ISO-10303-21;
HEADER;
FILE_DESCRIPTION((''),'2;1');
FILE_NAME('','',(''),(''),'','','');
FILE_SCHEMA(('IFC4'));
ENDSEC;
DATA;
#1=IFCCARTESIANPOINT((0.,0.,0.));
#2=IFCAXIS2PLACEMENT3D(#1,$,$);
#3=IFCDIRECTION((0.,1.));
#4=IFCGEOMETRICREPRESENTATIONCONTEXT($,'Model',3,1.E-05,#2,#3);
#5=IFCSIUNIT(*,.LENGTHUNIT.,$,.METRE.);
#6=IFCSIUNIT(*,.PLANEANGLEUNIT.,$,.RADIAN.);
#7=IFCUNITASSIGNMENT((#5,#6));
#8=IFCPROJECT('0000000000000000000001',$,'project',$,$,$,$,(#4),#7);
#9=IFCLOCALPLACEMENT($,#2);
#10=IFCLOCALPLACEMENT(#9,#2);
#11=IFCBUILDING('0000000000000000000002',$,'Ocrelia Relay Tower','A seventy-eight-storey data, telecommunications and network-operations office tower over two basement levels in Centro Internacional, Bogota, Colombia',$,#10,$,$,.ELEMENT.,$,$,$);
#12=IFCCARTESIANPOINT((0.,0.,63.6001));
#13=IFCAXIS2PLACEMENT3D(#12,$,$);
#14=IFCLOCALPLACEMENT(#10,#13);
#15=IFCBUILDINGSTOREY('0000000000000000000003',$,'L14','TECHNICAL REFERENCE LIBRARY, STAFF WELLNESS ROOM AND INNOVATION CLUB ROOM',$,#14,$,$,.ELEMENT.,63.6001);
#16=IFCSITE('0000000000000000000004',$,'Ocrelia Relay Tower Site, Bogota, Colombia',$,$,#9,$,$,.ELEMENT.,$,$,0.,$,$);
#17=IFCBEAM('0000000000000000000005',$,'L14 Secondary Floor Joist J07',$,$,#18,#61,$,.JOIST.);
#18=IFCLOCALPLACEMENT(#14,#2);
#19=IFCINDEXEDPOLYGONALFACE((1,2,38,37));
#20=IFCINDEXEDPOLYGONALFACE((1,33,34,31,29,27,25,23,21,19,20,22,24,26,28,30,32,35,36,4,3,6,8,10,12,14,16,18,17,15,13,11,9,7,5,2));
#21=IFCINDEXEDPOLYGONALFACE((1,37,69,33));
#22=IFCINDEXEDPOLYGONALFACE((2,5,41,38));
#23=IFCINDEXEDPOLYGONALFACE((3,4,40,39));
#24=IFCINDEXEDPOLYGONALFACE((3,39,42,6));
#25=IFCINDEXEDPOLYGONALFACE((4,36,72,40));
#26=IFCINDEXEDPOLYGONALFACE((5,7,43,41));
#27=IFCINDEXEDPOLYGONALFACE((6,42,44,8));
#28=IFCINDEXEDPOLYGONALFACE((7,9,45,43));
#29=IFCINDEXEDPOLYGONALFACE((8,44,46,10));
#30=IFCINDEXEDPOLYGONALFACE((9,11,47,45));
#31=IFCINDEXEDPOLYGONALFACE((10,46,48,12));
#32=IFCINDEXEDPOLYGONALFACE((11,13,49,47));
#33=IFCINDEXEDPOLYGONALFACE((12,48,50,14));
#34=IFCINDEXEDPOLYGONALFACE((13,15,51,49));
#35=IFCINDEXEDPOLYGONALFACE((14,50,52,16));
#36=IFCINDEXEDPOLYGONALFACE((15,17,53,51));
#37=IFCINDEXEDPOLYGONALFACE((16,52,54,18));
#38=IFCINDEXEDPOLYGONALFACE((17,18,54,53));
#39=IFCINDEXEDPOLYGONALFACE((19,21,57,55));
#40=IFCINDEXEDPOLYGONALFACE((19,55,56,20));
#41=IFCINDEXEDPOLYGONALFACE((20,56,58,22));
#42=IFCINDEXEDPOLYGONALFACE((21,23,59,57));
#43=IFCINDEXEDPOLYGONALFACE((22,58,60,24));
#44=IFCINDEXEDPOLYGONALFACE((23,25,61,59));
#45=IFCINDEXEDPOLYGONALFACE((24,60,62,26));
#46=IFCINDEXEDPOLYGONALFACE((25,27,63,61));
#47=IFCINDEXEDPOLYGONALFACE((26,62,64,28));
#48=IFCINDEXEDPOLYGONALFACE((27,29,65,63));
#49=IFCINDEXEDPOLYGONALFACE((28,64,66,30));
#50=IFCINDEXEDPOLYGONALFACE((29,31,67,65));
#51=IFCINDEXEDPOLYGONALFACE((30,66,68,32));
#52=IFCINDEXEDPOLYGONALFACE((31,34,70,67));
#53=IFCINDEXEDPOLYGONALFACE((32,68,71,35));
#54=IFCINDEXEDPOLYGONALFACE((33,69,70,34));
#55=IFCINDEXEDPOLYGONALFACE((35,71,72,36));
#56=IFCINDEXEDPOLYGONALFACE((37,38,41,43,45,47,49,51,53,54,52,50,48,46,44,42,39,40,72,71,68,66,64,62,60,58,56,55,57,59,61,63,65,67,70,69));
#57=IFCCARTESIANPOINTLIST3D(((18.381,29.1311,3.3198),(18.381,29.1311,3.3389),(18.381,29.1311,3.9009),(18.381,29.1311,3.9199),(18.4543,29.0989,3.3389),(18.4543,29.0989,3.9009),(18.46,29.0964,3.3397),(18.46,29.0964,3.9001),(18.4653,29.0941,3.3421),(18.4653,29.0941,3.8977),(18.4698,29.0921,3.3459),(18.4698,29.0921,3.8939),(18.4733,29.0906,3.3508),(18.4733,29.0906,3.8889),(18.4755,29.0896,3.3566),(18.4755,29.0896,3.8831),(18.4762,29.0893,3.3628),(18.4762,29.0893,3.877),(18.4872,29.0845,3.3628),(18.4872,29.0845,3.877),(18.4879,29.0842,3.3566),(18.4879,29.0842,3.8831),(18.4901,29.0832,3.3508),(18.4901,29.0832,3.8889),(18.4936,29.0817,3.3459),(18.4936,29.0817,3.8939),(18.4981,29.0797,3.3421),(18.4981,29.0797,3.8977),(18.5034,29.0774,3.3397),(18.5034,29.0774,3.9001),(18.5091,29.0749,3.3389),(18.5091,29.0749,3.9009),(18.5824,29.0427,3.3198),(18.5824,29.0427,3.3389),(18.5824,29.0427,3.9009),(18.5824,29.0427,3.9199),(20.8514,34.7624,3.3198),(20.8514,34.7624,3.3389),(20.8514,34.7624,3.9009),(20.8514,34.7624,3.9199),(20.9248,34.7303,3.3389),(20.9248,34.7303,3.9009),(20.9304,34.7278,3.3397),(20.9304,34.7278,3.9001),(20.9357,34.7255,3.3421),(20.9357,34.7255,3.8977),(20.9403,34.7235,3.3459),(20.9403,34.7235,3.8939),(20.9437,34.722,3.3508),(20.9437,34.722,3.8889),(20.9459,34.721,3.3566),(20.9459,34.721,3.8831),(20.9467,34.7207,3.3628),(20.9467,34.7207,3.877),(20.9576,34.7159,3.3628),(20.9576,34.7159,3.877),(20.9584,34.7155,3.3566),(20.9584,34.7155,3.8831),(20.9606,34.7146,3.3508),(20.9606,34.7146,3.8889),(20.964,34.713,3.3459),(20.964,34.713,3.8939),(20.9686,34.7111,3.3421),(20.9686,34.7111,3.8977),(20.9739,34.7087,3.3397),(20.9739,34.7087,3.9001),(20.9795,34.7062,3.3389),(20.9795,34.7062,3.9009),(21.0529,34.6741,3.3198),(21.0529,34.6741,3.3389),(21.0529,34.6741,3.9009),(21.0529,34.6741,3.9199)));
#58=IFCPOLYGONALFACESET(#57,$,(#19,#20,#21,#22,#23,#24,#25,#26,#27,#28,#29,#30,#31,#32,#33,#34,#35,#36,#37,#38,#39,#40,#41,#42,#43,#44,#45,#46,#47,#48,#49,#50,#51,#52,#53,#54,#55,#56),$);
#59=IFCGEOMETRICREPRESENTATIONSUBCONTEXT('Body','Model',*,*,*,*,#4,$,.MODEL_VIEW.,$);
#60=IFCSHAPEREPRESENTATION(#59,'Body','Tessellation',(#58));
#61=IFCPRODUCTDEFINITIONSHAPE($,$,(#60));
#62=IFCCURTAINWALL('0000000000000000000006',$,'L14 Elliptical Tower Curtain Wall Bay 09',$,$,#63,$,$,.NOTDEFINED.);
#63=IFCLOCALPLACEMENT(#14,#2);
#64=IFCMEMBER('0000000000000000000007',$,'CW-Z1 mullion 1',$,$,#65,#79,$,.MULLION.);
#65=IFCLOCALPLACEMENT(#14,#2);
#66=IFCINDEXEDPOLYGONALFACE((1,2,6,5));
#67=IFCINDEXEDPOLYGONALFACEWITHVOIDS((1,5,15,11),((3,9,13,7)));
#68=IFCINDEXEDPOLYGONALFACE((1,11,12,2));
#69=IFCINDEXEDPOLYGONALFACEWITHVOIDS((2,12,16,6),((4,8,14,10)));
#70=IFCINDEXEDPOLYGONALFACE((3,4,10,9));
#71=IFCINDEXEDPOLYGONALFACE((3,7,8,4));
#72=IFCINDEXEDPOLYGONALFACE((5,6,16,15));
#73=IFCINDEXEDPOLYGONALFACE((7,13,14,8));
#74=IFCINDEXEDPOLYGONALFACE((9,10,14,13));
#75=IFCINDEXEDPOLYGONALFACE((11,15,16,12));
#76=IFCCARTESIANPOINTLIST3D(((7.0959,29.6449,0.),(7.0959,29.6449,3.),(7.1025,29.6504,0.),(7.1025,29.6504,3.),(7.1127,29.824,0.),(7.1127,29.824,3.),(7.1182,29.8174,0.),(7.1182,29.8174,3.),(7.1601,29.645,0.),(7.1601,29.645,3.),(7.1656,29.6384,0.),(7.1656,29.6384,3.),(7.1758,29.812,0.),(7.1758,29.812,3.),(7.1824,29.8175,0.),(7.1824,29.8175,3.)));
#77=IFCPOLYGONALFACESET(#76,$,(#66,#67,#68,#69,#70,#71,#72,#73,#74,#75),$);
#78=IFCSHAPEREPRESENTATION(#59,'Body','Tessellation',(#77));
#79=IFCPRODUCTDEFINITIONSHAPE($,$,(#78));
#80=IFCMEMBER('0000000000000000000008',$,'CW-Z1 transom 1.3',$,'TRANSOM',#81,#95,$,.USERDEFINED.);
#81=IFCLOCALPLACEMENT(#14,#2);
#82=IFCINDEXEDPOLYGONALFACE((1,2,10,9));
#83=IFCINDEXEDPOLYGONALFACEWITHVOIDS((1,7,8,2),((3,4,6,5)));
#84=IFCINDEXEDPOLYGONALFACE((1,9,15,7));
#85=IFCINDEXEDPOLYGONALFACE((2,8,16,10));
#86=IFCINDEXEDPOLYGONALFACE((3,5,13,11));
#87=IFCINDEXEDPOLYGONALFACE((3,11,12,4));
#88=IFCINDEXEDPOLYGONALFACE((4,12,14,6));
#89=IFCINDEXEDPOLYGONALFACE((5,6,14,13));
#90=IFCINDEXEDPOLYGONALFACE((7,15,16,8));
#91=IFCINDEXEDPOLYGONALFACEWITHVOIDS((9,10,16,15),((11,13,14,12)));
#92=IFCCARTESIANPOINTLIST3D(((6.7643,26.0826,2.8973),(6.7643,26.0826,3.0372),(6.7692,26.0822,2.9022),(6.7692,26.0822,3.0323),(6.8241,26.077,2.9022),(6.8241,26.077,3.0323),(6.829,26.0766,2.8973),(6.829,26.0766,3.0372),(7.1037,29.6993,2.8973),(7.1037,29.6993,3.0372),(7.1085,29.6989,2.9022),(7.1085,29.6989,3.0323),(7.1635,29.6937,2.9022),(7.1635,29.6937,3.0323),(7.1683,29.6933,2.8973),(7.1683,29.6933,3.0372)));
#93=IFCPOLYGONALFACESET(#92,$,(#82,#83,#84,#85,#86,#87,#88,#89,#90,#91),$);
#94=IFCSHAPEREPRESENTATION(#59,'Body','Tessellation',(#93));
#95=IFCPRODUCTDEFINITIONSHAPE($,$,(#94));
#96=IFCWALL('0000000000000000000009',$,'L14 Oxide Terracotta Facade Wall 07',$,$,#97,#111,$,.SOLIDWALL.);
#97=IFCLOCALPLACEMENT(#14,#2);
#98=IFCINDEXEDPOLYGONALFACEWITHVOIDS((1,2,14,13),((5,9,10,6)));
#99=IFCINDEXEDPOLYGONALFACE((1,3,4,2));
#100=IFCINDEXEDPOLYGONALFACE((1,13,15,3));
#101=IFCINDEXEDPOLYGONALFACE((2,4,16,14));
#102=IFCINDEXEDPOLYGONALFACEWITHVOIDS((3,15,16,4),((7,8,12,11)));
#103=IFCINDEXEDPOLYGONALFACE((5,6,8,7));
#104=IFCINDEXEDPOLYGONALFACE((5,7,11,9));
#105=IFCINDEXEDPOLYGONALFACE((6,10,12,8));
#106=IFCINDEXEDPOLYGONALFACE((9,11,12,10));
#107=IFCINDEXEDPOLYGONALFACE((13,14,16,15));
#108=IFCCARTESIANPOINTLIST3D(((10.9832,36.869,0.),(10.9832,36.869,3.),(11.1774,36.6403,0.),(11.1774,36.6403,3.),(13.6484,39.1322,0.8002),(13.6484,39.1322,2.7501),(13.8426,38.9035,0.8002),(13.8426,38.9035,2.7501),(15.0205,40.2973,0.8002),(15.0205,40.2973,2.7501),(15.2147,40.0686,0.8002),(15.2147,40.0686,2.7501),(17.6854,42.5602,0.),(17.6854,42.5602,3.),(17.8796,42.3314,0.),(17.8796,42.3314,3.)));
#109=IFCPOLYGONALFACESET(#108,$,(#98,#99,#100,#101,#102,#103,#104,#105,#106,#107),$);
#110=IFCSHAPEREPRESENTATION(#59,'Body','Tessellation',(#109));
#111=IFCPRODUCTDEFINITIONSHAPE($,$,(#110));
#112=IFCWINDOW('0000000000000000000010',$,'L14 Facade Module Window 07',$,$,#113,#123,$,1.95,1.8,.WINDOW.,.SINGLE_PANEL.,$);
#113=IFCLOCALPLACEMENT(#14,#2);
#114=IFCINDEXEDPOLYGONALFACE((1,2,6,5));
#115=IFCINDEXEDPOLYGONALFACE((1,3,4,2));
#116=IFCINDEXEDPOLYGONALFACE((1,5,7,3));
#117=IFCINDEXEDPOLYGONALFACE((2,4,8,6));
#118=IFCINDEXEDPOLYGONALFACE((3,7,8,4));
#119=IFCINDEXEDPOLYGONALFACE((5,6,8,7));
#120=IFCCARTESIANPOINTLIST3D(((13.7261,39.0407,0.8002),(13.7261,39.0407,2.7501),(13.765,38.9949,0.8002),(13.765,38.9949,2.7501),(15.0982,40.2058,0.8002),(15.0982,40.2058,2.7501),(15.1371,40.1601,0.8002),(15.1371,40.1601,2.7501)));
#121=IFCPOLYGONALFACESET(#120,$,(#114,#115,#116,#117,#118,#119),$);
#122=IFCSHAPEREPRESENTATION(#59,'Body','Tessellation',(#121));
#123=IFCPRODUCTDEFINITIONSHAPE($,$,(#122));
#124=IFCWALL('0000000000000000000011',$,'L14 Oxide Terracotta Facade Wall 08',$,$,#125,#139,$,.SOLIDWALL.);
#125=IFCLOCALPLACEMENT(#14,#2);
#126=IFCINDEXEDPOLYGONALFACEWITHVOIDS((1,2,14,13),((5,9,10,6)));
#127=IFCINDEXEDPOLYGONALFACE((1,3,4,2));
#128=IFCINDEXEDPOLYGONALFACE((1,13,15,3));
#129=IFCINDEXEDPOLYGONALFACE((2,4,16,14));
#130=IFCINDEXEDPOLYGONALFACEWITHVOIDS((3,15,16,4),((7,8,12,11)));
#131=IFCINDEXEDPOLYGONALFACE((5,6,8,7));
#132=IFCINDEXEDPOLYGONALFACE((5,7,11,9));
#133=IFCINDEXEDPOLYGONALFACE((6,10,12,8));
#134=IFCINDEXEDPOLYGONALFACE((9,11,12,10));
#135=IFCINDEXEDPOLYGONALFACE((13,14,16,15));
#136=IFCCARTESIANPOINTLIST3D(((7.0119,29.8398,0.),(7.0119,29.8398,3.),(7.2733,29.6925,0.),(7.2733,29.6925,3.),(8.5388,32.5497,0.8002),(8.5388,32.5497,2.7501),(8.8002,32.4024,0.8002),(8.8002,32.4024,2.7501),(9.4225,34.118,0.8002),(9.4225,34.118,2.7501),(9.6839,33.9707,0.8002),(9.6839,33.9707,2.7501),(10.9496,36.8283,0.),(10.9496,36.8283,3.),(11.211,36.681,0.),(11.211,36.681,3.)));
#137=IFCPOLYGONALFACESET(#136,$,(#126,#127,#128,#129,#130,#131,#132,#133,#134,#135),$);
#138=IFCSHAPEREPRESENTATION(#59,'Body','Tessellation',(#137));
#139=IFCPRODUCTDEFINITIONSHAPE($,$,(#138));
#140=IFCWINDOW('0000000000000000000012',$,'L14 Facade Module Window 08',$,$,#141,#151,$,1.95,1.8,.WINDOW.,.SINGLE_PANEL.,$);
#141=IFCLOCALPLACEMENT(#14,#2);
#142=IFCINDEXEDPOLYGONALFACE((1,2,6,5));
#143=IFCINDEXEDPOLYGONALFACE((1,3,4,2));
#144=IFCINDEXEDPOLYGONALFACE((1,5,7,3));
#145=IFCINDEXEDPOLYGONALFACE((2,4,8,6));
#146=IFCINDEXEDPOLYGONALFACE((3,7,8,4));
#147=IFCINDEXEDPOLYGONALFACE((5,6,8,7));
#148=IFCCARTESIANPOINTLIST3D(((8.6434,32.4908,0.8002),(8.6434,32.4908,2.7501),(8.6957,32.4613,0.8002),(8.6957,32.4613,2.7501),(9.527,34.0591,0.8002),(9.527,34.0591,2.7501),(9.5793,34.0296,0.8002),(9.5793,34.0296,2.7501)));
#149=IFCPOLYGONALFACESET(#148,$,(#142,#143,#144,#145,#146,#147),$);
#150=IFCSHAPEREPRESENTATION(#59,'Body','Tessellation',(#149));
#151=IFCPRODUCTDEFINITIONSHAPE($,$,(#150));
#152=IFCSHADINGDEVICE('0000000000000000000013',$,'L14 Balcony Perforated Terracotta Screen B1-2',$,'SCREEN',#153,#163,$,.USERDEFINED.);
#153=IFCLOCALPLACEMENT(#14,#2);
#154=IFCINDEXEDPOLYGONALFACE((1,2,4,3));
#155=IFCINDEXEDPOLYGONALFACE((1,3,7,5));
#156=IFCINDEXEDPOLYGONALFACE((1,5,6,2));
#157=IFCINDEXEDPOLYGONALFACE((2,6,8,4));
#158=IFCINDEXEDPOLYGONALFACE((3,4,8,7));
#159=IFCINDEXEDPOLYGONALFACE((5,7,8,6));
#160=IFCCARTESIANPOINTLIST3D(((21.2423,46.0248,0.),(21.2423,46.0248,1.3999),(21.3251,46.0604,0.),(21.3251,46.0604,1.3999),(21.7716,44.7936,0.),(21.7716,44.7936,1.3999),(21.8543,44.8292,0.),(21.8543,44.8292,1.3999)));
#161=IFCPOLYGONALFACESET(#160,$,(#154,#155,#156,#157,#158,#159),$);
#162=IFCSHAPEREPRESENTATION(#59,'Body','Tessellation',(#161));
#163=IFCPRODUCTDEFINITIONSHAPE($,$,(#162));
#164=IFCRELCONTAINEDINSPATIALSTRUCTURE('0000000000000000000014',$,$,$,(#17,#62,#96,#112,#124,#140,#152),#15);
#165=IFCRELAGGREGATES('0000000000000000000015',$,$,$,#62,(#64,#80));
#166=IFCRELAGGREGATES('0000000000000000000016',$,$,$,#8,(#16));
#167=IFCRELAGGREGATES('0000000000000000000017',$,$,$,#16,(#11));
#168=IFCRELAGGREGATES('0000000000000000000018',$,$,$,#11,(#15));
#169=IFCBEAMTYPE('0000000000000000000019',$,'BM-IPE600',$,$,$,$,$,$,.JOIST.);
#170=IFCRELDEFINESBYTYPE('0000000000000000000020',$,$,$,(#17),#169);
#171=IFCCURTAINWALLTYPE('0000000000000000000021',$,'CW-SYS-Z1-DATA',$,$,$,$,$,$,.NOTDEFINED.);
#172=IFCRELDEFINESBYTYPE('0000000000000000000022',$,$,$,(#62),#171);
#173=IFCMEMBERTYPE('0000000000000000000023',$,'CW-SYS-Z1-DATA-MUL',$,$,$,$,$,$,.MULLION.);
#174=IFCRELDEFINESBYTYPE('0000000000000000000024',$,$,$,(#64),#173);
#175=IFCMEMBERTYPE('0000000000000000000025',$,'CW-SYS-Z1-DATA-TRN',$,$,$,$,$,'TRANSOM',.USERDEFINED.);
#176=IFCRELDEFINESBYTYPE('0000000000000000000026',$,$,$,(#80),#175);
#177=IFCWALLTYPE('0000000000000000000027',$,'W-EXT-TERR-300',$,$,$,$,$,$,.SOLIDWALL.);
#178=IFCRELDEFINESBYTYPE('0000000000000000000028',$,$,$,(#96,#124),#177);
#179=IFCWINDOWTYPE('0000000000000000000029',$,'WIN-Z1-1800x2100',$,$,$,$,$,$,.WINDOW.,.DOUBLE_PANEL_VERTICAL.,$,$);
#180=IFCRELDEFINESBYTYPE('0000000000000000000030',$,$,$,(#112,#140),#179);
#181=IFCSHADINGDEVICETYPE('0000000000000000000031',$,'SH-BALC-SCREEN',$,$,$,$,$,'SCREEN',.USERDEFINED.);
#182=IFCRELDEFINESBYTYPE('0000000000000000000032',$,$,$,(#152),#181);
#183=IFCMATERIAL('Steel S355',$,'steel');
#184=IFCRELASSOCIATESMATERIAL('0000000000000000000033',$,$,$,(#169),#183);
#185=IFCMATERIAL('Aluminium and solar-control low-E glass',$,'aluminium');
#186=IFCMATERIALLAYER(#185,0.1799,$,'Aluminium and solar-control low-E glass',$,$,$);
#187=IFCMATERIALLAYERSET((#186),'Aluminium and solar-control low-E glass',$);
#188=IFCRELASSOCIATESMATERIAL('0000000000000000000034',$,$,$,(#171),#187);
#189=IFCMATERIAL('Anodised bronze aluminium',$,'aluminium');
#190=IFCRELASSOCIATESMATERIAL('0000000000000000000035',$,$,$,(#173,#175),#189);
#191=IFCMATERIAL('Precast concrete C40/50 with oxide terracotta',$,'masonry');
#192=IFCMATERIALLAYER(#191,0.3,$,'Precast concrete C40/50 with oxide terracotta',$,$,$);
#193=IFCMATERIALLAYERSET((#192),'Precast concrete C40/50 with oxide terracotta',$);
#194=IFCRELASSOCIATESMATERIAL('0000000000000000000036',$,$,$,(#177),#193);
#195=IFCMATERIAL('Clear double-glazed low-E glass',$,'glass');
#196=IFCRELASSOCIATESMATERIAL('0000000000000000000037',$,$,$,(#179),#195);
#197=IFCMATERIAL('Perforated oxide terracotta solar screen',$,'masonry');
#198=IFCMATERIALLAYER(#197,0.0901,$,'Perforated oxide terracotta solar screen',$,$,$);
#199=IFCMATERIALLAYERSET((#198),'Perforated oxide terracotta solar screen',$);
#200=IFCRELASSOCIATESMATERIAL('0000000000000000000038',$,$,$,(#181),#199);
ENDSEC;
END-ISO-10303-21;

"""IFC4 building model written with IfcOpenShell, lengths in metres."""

from ifc_helpers import new_model, si_unit, direction, frame, frame_2d, origin, origin_2d, place, context, subcontext, project, spatial, rectangle, hollow_rectangle, i_section, extrude, material, layer, layer_set, material_profile, profile_set, type_object, element, fill, aggregate, save


model = new_model("IFC4")

# Units and contexts
model_context = context("Model", 3, precision=1e-05, world=origin(), true_north=direction((0.0, 1.0)))
body_context = subcontext(model_context, "Body", "Model", "MODEL_VIEW")
ifc_project = project(units=[si_unit("LENGTHUNIT", "METRE"), si_unit("PLANEANGLEUNIT", "RADIAN")], contexts=[model_context])

# Site, building, storey
site_placement = place(None, origin())
site = spatial("IfcSite", under=ifc_project, at=site_placement, Name="Ocrelia Relay Tower Site, Bogota, Colombia", CompositionType="ELEMENT", RefElevation=0.0)
building_placement = place(site_placement, origin())
building = spatial("IfcBuilding", under=site, at=building_placement, Name="Ocrelia Relay Tower", Description="A seventy-eight-storey data, telecommunications and network-operations office tower over two basement levels in Centro Internacional, Bogota, Colombia", CompositionType="ELEMENT")
storey_placement = place(building_placement, frame((0.0, 0.0, 63.6001)))
storey = spatial("IfcBuildingStorey", under=building, at=storey_placement, Name="L14", Description="TECHNICAL REFERENCE LIBRARY, STAFF WELLNESS ROOM AND INNOVATION CLUB ROOM", CompositionType="ELEMENT", Elevation=63.6001)

# Beam
ifc_material_1 = material(Name="Steel S355", Category="steel")
ifc_material_profile_1 = material_profile(ifc_material_1, i_section(OverallWidth=0.22, OverallDepth=0.6001, WebThickness=0.012, FlangeThickness=0.019, FilletRadius=0.0239, at=origin_2d()), Name="IPE 600")
ifc_profile_set_1 = profile_set([ifc_material_profile_1], Name="Steel S355")
beam_type_1 = type_object("IfcBeamType", Name="BM-IPE600", PredefinedType="JOIST", material=ifc_profile_set_1)
beam_1_placement = place(storey_placement, frame((20.9521, 34.7183, 3.6199), z_axis=(-0.401739, -0.915754, 0.0), x_axis=(0.915754, -0.401739, 0.0)))
element("IfcBeam", 1, at=beam_1_placement, inside=storey, type_object=beam_type_1, Name="L14 Secondary Floor Joist J07", PredefinedType="JOIST", context=body_context, shape_type="SweptSolid", body=[
    extrude(i_section(OverallWidth=0.22, OverallDepth=0.6001, WebThickness=0.012, FlangeThickness=0.019, FilletRadius=0.0239, at=origin_2d()), origin(), (0.0, 0.0, 1.0), 6.1494),
])

# Curtain wall, members
ifc_material_2 = material(Name="Aluminium and solar-control low-E glass", Category="aluminium")
ifc_layer_1 = layer(ifc_material_2, 0.1799, Name="Aluminium and solar-control low-E glass")
ifc_layer_set_1 = layer_set([ifc_layer_1], Name="Aluminium and solar-control low-E glass")
curtain_wall_type = type_object("IfcCurtainWallType", Name="CW-SYS-Z1-DATA", PredefinedType="NOTDEFINED", material=ifc_layer_set_1)
curtain_wall_placement = place(storey_placement, origin())
curtain_wall = element("IfcCurtainWall", 2, at=curtain_wall_placement, inside=storey, type_object=curtain_wall_type, Name="L14 Elliptical Tower Curtain Wall Bay 09", PredefinedType="NOTDEFINED")
ifc_material_3 = material(Name="Anodised bronze aluminium", Category="aluminium")
ifc_material_profile_2 = material_profile(ifc_material_3, hollow_rectangle(XDim=0.0701, YDim=0.1799, WallThickness=0.0061, at=origin_2d()), Name="CW-MUL-180x70")
ifc_profile_set_2 = profile_set([ifc_material_profile_2], Name="Anodised bronze aluminium")
member_type_1 = type_object("IfcMemberType", Name="CW-SYS-Z1-DATA-MUL", PredefinedType="MULLION", material=ifc_profile_set_2)
member_1_placement = place(storey_placement, frame((7.1392, 29.7312, 0.0), z_axis=(0.0, 0.0, 1.0), x_axis=(0.995627, -0.093413, 0.0)))
member_1 = element("IfcMember", 3, at=member_1_placement, type_object=member_type_1, Name="CW-Z1 mullion 1", PredefinedType="MULLION", context=body_context, shape_type="SweptSolid", body=[
    extrude(hollow_rectangle(XDim=0.0701, YDim=0.1799, WallThickness=0.0061, at=origin_2d()), origin(), (0.0, 0.0, 1.0), 3.0),
])
ifc_material_profile_3 = material_profile(ifc_material_3, hollow_rectangle(XDim=0.0649, YDim=0.1399, WallThickness=0.0049, at=origin_2d()), Name="CW-TRN-140x65")
ifc_profile_set_3 = profile_set([ifc_material_profile_3], Name="Anodised bronze aluminium")
member_type_2 = type_object("IfcMemberType", Name="CW-SYS-Z1-DATA-TRN", ElementType="TRANSOM", PredefinedType="USERDEFINED", material=ifc_profile_set_3)
member_2_placement = place(storey_placement, frame((7.136, 29.6963, 2.9673), z_axis=(-0.09342, -0.995627, 0.0), x_axis=(0.995627, -0.09342, 0.0)))
member_2 = element("IfcMember", 4, at=member_2_placement, type_object=member_type_2, Name="CW-Z1 transom 1.3", ObjectType="TRANSOM", PredefinedType="USERDEFINED", context=body_context, shape_type="SweptSolid", body=[
    extrude(hollow_rectangle(XDim=0.0649, YDim=0.1399, WallThickness=0.0049, at=origin_2d()), origin(), (0.0, 0.0, 1.0), 3.6326),
])
aggregate(curtain_wall, [member_1, member_2])

# Walls, openings, windows
ifc_material_4 = material(Name="Precast concrete C40/50 with oxide terracotta", Category="masonry")
ifc_layer_2 = layer(ifc_material_4, 0.3, Name="Precast concrete C40/50 with oxide terracotta")
ifc_layer_set_2 = layer_set([ifc_layer_2], Name="Precast concrete C40/50 with oxide terracotta")
wall_type = type_object("IfcWallType", Name="W-EXT-TERR-300", PredefinedType="SOLIDWALL", material=ifc_layer_set_2)
wall_1_placement = place(storey_placement, frame((17.7825, 42.4458, 0.0), z_axis=(0.0, 0.0, 1.0), x_axis=(-0.762257, -0.647274, 0.0)))
wall_1 = element("IfcWall", 5, at=wall_1_placement, inside=storey, type_object=wall_type, Name="L14 Oxide Terracotta Facade Wall 07", PredefinedType="SOLIDWALL", context=body_context, shape_type="SweptSolid", body=[
    extrude(rectangle(XDim=8.7925, YDim=0.3, at=frame_2d((4.3962, 0.0))), origin(), (0.0, 0.0, 1.0), 3.0),
])
opening_1_placement = place(wall_1_placement, frame((3.4961, 0.0, 0.8)))
opening_1 = element("IfcOpeningElement", 6, at=opening_1_placement, cuts=wall_1, PredefinedType="OPENING", context=body_context, shape_type="SweptSolid", body=[
    extrude(rectangle(XDim=1.8, YDim=1.95, at=frame_2d((0.8999, 0.9751))), frame((0.0, 0.1602, 0.0), z_axis=(0.0, -1.0, 0.0), x_axis=(1.0, 0.0, 0.0)), (0.0, 0.0, 1.0), 0.3201),
])
ifc_material_5 = material(Name="Clear double-glazed low-E glass", Category="glass")
window_type = type_object("IfcWindowType", Name="WIN-Z1-1800x2100", PartitioningType="DOUBLE_PANEL_VERTICAL", PredefinedType="WINDOW", material=ifc_material_5)
window_1_placement = place(opening_1_placement, origin())
window_1 = element("IfcWindow", 7, at=window_1_placement, inside=storey, type_object=window_type, Name="L14 Facade Module Window 07", OverallHeight=1.95, OverallWidth=1.8, PartitioningType="SINGLE_PANEL", PredefinedType="WINDOW", context=body_context, shape_type="SweptSolid", body=[
    extrude(rectangle(XDim=1.8, YDim=1.95, at=frame_2d((0.8999, 0.9751))), frame((0.0, 0.03, 0.0), z_axis=(0.0, -1.0, 0.0), x_axis=(1.0, 0.0, 0.0)), (0.0, 0.0, 1.0), 0.0601),
])
fill(opening_1, window_1)
wall_2_placement = place(storey_placement, frame((11.0803, 36.7546, 0.0), z_axis=(0.0, 0.0, 1.0), x_axis=(-0.490895, -0.871218, 0.0)))
wall_2 = element("IfcWall", 8, at=wall_2_placement, inside=storey, type_object=wall_type, Name="L14 Oxide Terracotta Facade Wall 08", PredefinedType="SOLIDWALL", context=body_context, shape_type="SweptSolid", body=[
    extrude(rectangle(XDim=8.0215, YDim=0.3, at=frame_2d((4.0107, 0.0))), origin(), (0.0, 0.0, 1.0), 3.0),
])
opening_2_placement = place(wall_2_placement, frame((3.1111, 0.0, 0.8)))
opening_2 = element("IfcOpeningElement", 9, at=opening_2_placement, cuts=wall_2, PredefinedType="OPENING", context=body_context, shape_type="SweptSolid", body=[
    extrude(rectangle(XDim=1.8, YDim=1.95, at=frame_2d((0.8999, 0.9751))), frame((0.0, 0.1602, 0.0), z_axis=(0.0, -1.0, 0.0), x_axis=(1.0, 0.0, 0.0)), (0.0, 0.0, 1.0), 0.3201),
])
window_2_placement = place(opening_2_placement, origin())
window_2 = element("IfcWindow", 10, at=window_2_placement, inside=storey, type_object=window_type, Name="L14 Facade Module Window 08", OverallHeight=1.95, OverallWidth=1.8, PartitioningType="SINGLE_PANEL", PredefinedType="WINDOW", context=body_context, shape_type="SweptSolid", body=[
    extrude(rectangle(XDim=1.8, YDim=1.95, at=frame_2d((0.8999, 0.9751))), frame((0.0, 0.03, 0.0), z_axis=(0.0, -1.0, 0.0), x_axis=(1.0, 0.0, 0.0)), (0.0, 0.0, 1.0), 0.0601),
])
fill(opening_2, window_2)

# Shading device
ifc_material_6 = material(Name="Perforated oxide terracotta solar screen", Category="masonry")
ifc_layer_3 = layer(ifc_material_6, 0.0901, Name="Perforated oxide terracotta solar screen")
ifc_layer_set_3 = layer_set([ifc_layer_3], Name="Perforated oxide terracotta solar screen")
shading_device_type_1 = type_object("IfcShadingDeviceType", Name="SH-BALC-SCREEN", ElementType="SCREEN", PredefinedType="USERDEFINED", material=ifc_layer_set_3)
shading_device_1_placement = place(storey_placement, frame((21.5483, 45.427, 0.0), z_axis=(0.0, 0.0, 1.0), x_axis=(-0.394915, 0.918718, 0.0)))
element("IfcShadingDevice", 11, at=shading_device_1_placement, inside=storey, type_object=shading_device_type_1, Name="L14 Balcony Perforated Terracotta Screen B1-2", ObjectType="SCREEN", PredefinedType="USERDEFINED", context=body_context, shape_type="SweptSolid", body=[
    extrude(rectangle(XDim=1.3401, YDim=0.0901, at=origin_2d()), origin(), (0.0, 0.0, 1.0), 1.3999),
])

save(model, "model.ifc")
